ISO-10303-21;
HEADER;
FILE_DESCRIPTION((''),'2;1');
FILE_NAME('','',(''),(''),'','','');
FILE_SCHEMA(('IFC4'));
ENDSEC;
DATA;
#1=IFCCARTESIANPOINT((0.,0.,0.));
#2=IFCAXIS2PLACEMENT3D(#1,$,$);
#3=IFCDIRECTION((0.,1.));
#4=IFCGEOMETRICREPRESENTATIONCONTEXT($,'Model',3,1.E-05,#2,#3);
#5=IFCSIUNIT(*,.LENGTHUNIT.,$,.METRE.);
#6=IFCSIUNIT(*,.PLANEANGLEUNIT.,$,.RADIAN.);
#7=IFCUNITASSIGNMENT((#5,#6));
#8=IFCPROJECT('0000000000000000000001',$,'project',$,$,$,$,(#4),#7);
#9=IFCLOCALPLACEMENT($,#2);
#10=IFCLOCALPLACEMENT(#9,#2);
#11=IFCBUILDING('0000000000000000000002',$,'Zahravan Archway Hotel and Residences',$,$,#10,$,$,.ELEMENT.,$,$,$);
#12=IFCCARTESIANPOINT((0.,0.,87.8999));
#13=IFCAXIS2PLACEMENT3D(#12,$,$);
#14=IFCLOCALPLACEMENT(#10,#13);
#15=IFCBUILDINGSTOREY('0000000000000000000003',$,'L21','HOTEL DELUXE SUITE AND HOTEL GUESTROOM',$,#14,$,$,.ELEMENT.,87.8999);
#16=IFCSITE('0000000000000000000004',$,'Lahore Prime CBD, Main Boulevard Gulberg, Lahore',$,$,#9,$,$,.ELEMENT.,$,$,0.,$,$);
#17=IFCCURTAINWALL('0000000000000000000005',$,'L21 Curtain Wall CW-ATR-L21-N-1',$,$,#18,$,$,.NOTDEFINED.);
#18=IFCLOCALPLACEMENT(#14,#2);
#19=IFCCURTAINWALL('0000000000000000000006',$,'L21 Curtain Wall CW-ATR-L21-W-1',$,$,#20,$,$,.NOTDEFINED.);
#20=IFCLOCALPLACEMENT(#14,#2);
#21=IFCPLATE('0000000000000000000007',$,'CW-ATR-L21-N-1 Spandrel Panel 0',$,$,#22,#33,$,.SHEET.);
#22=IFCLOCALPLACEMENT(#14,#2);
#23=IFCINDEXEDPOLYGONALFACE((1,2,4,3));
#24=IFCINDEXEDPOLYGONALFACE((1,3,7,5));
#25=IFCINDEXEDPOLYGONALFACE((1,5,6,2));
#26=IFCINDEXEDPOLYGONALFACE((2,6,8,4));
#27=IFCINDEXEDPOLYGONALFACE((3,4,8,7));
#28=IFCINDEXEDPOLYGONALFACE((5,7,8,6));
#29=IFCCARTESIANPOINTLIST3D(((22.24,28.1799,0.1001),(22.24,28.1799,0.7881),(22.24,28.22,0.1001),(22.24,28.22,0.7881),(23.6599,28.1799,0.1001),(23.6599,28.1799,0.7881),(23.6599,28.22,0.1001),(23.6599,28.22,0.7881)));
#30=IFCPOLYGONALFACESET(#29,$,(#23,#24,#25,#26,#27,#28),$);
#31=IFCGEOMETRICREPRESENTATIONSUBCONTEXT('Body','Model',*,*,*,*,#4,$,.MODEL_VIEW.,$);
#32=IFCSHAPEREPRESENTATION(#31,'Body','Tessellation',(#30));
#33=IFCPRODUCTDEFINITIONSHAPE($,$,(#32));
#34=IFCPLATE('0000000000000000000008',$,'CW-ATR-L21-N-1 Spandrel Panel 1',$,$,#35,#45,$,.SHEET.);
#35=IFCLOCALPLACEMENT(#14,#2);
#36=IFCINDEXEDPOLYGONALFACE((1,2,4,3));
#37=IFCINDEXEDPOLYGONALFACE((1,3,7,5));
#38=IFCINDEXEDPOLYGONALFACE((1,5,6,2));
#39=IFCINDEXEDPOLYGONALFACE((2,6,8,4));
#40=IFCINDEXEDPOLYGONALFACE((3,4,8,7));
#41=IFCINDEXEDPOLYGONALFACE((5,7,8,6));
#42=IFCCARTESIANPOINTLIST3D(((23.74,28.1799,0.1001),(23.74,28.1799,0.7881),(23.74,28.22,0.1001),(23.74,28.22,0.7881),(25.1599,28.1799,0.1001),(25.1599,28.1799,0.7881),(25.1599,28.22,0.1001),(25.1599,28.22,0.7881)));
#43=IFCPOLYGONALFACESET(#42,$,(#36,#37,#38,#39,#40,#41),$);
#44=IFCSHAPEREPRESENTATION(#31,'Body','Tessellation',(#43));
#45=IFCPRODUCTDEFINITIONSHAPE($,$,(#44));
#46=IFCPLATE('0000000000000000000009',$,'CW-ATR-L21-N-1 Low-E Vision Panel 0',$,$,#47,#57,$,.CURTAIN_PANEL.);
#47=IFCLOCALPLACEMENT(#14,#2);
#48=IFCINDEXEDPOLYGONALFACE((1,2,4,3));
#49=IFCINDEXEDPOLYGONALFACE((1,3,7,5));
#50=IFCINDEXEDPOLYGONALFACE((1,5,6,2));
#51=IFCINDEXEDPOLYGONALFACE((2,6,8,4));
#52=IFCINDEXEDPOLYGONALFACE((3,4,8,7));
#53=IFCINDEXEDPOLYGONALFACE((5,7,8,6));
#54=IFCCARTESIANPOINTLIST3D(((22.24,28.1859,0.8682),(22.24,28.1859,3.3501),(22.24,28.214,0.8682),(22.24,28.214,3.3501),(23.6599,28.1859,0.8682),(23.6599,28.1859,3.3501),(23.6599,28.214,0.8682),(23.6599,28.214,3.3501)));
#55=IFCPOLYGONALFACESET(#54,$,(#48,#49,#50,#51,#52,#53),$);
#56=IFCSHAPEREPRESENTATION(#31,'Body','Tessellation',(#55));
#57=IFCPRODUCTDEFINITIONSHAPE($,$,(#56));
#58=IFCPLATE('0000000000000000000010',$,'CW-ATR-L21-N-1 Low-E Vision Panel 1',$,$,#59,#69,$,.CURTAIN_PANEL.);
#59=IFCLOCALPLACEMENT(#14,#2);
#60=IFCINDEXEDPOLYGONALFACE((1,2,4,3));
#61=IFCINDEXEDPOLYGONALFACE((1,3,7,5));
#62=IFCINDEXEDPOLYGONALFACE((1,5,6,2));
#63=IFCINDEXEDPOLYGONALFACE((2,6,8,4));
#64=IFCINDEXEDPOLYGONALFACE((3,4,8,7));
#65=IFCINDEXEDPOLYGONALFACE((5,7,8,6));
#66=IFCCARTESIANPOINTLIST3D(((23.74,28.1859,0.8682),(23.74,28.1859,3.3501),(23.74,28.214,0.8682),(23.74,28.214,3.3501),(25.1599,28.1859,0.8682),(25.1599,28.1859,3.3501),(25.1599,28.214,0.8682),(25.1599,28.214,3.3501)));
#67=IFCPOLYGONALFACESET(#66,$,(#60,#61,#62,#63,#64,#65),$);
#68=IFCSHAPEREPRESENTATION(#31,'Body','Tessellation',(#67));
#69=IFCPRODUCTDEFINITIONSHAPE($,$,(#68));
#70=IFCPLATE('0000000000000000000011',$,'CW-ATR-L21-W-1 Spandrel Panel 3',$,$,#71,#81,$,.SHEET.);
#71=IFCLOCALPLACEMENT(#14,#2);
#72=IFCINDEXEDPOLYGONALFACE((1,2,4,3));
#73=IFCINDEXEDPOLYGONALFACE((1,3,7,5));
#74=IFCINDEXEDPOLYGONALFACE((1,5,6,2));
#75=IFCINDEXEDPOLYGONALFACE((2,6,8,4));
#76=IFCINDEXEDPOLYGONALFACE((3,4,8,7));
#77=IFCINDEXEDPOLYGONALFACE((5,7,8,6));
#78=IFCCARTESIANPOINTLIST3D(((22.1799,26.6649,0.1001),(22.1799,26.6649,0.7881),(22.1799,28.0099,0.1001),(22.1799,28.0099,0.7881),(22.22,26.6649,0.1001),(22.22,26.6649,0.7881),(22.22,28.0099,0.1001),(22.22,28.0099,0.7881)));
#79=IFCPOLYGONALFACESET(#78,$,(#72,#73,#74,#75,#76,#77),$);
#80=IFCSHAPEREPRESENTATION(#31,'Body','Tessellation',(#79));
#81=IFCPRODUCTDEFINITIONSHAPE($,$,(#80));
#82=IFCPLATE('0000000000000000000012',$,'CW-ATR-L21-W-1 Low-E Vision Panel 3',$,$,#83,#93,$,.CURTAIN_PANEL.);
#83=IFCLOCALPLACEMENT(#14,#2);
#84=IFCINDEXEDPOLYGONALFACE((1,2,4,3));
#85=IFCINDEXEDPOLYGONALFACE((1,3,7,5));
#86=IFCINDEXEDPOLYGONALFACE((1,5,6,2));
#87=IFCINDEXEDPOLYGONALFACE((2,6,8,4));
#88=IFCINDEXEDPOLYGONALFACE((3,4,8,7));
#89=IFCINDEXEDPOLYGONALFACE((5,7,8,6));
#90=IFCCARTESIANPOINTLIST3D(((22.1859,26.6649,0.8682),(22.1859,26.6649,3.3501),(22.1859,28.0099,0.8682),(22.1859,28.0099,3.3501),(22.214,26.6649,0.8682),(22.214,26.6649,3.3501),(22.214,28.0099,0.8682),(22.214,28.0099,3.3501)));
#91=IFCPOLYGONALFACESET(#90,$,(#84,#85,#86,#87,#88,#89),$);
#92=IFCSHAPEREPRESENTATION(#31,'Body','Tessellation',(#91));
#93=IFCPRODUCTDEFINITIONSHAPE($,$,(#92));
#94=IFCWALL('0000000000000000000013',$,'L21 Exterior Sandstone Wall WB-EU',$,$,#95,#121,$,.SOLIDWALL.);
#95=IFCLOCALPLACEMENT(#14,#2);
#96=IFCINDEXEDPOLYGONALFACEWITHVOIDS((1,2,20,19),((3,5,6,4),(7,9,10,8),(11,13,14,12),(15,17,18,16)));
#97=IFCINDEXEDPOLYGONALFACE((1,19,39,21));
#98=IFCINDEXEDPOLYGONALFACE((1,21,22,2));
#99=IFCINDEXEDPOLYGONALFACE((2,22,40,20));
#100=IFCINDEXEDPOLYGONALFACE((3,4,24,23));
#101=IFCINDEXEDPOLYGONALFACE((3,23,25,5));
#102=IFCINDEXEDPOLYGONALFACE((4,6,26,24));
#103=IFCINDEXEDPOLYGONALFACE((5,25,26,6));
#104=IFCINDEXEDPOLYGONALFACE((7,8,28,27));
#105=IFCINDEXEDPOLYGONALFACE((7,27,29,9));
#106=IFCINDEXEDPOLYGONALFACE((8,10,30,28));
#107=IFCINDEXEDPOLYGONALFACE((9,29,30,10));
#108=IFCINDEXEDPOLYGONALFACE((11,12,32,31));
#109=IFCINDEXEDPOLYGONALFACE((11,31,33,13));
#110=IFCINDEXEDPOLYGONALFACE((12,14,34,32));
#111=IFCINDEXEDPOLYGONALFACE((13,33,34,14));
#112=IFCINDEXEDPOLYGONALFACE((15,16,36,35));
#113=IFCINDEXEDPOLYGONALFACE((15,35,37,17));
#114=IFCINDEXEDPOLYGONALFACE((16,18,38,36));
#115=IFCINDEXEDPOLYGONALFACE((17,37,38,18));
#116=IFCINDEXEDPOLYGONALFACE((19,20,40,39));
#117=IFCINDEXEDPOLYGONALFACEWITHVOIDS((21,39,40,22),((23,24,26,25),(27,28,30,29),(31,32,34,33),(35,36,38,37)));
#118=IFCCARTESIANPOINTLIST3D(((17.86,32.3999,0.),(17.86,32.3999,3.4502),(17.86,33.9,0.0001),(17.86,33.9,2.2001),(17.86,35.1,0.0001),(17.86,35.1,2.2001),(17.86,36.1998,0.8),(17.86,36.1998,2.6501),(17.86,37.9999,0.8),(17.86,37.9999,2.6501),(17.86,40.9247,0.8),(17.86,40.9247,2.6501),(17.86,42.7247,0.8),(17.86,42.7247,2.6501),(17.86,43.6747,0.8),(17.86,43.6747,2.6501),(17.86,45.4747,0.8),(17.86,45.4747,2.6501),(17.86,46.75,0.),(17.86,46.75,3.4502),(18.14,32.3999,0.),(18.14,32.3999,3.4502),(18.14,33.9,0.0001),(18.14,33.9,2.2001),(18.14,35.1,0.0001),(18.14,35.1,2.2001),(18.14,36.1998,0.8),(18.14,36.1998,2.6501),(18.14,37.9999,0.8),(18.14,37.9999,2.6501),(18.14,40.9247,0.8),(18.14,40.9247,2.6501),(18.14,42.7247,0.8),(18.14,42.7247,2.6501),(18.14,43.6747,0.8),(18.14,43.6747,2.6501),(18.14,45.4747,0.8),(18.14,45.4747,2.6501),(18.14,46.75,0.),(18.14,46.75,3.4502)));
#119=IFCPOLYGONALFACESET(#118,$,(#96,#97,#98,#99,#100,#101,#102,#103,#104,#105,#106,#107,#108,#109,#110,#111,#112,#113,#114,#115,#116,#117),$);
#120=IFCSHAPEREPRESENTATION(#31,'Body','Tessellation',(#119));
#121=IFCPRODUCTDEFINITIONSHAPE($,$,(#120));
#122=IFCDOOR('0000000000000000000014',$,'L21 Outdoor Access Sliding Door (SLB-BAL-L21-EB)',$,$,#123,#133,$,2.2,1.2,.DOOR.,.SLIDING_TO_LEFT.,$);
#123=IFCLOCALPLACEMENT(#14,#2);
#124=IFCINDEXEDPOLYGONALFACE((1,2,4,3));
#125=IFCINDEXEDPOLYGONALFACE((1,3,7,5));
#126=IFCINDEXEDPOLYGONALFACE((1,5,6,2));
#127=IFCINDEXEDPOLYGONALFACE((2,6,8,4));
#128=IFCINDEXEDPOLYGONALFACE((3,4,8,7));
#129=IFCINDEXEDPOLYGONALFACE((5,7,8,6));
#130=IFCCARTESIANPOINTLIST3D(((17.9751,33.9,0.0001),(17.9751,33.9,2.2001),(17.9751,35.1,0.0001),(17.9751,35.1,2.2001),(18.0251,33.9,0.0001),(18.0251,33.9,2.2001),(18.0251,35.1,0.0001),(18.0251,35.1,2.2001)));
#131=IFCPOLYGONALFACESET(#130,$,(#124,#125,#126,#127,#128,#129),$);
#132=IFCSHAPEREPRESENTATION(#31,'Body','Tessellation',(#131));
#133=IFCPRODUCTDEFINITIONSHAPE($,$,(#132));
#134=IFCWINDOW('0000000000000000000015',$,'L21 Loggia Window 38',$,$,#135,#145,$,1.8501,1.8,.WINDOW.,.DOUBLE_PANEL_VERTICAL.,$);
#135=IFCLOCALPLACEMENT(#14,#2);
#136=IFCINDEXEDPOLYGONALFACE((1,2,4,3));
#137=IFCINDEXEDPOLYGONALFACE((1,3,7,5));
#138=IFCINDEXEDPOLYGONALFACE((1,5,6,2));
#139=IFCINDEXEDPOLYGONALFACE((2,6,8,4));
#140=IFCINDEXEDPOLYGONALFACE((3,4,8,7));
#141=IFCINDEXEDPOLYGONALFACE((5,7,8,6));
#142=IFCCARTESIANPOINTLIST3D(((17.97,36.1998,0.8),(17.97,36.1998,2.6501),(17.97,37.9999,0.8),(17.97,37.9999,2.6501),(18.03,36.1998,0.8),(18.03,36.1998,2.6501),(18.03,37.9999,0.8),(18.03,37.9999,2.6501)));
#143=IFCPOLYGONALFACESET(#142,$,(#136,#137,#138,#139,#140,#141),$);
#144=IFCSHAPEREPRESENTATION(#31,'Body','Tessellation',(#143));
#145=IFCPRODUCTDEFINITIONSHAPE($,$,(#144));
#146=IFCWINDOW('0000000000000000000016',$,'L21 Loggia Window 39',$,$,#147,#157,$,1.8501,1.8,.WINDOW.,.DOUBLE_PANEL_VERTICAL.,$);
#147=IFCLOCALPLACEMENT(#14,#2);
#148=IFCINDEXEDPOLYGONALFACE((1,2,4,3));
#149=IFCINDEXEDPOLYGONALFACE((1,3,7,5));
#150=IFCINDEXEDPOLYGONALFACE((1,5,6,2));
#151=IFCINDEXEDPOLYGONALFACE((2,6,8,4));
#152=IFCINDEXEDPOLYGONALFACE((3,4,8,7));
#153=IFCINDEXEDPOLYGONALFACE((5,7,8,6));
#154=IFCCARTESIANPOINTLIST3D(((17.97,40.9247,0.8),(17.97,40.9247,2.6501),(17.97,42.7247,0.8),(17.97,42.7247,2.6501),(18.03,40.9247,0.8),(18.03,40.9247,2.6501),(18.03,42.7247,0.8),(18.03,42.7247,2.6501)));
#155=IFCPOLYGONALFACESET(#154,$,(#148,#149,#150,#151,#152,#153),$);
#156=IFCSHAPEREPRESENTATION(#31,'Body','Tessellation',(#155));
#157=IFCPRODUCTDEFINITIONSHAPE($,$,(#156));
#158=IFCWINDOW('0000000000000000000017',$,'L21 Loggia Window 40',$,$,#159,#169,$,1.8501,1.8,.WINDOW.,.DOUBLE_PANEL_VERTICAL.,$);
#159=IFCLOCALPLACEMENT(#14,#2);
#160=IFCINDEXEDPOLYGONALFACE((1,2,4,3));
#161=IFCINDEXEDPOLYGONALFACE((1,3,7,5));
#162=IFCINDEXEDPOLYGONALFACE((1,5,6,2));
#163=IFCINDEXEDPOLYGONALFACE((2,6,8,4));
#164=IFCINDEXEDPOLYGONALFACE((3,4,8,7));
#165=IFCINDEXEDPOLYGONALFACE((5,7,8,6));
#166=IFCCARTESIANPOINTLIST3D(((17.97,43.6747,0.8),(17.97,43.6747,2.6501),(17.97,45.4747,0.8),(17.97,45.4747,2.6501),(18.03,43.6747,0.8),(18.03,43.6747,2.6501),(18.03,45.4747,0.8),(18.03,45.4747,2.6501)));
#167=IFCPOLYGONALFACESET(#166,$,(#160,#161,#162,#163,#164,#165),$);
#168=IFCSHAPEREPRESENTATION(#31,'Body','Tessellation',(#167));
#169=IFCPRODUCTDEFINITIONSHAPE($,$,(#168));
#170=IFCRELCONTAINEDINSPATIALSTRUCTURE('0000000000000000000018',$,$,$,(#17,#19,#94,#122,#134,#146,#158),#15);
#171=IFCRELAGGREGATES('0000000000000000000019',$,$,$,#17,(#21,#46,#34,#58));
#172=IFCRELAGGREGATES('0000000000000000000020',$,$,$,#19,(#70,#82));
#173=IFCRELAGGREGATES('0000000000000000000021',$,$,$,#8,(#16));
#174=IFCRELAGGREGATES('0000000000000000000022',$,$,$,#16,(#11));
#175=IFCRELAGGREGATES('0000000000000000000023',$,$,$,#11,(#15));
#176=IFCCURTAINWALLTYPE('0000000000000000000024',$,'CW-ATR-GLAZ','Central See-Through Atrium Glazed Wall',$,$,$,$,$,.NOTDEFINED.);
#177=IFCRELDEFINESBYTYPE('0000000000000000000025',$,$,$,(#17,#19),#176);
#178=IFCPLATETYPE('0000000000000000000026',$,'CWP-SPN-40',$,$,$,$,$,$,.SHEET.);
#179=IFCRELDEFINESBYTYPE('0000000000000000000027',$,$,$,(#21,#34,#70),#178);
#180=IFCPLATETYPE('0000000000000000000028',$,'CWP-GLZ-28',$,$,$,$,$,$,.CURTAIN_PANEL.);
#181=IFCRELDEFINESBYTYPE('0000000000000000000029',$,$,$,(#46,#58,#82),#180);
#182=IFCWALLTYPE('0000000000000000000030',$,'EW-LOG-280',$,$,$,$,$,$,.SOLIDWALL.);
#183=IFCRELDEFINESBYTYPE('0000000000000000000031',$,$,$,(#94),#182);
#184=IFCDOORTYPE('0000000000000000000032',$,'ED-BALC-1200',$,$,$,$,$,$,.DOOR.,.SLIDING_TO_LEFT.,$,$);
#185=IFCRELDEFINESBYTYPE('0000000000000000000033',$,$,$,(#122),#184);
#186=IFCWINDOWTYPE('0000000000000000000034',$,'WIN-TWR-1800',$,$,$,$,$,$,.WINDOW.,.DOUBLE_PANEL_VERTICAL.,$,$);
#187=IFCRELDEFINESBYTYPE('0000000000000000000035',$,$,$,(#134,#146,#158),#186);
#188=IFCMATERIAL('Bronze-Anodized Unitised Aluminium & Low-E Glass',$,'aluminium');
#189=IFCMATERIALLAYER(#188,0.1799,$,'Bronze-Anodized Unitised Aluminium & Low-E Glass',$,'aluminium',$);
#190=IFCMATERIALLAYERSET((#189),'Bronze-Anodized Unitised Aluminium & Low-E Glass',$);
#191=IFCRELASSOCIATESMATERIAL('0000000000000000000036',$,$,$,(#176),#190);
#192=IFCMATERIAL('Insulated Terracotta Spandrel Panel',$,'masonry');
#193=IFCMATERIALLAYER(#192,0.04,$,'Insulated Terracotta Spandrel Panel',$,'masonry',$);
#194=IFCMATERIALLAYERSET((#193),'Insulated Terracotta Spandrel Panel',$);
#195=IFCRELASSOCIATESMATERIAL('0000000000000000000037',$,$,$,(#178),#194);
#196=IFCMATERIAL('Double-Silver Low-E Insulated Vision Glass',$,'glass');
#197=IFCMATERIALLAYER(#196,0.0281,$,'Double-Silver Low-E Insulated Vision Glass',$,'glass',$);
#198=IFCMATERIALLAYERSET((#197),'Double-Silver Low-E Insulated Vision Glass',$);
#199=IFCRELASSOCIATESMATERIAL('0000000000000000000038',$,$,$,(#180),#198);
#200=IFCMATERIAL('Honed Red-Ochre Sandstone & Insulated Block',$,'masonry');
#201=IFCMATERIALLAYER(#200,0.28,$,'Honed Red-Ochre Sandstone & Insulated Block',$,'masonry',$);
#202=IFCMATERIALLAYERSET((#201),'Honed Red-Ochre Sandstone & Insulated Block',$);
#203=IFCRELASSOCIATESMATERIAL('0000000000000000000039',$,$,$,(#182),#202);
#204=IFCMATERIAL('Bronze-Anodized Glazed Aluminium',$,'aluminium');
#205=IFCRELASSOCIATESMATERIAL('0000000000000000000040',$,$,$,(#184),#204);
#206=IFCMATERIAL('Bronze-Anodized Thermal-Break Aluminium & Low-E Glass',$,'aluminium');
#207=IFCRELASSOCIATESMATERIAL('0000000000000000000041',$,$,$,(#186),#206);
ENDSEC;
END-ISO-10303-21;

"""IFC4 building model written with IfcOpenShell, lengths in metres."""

from ifc_helpers import new_model, si_unit, direction, frame, frame_2d, origin, origin_2d, place, context, subcontext, project, spatial, rectangle, extrude, source, transform, mapped, material, layer, layer_set, type_object, type_shapes, element, fill, aggregate, save


model = new_model("IFC4")

# Units and contexts
model_context = context("Model", 3, precision=1e-05, world=origin(), true_north=direction((0.0, 1.0)))
body_context = subcontext(model_context, "Body", "Model", "MODEL_VIEW")
ifc_project = project(units=[si_unit("LENGTHUNIT", "METRE"), si_unit("PLANEANGLEUNIT", "RADIAN")], contexts=[model_context])

# Site, building, storey
site_placement = place(None, origin())
site = spatial("IfcSite", under=ifc_project, at=site_placement, Name="Lahore Prime CBD, Main Boulevard Gulberg, Lahore", CompositionType="ELEMENT", RefElevation=0.0)
building_placement = place(site_placement, origin())
building = spatial("IfcBuilding", under=site, at=building_placement, Name="Zahravan Archway Hotel and Residences", CompositionType="ELEMENT")
storey_placement = place(building_placement, frame((0.0, 0.0, 87.8999)))
storey = spatial("IfcBuildingStorey", under=building, at=storey_placement, Name="L21", Description="HOTEL DELUXE SUITE AND HOTEL GUESTROOM", CompositionType="ELEMENT", Elevation=87.8999)

# Curtain walls
ifc_material_1 = material(Name="Bronze-Anodized Unitised Aluminium & Low-E Glass", Category="aluminium")
ifc_layer_1 = layer(ifc_material_1, 0.1799, Name="Bronze-Anodized Unitised Aluminium & Low-E Glass", Category="aluminium")
ifc_layer_set_1 = layer_set([ifc_layer_1], Name="Bronze-Anodized Unitised Aluminium & Low-E Glass")
curtain_wall_type = type_object("IfcCurtainWallType", Name="CW-ATR-GLAZ", Description="Central See-Through Atrium Glazed Wall", PredefinedType="NOTDEFINED", material=ifc_layer_set_1)
curtain_wall_1_placement = place(storey_placement, origin())
curtain_wall_1 = element("IfcCurtainWall", 1, at=curtain_wall_1_placement, inside=storey, type_object=curtain_wall_type, Name="L21 Curtain Wall CW-ATR-L21-N-1", PredefinedType="NOTDEFINED")
curtain_wall_2_placement = place(storey_placement, origin())
curtain_wall_2 = element("IfcCurtainWall", 2, at=curtain_wall_2_placement, inside=storey, type_object=curtain_wall_type, Name="L21 Curtain Wall CW-ATR-L21-W-1", PredefinedType="NOTDEFINED")

# Plates
ifc_material_2 = material(Name="Insulated Terracotta Spandrel Panel", Category="masonry")
ifc_layer_2 = layer(ifc_material_2, 0.04, Name="Insulated Terracotta Spandrel Panel", Category="masonry")
ifc_layer_set_2 = layer_set([ifc_layer_2], Name="Insulated Terracotta Spandrel Panel")
plate_type_1 = type_object("IfcPlateType", Name="CWP-SPN-40", PredefinedType="SHEET", material=ifc_layer_set_2)
shared_shape_1 = source(origin(), body_context, "Body", "SweptSolid", [
    extrude(rectangle(XDim=1.4199, YDim=0.04, at=origin_2d()), origin(), (0.0, 0.0, 1.0), 0.688),
])
plate_1_placement = place(storey_placement, frame((22.95, 28.2, 0.1001), z_axis=(0.0, 0.0, 1.0), x_axis=(1.0, 0.0, 0.0)))
plate_1 = element("IfcPlate", 3, at=plate_1_placement, type_object=plate_type_1, Name="CW-ATR-L21-N-1 Spandrel Panel 0", PredefinedType="SHEET", context=body_context, shape_type="MappedRepresentation", body=[
    mapped(shared_shape_1, transform((0.0, 0.0, 0.0), scale=1.0)),
])
plate_2_placement = place(storey_placement, frame((24.45, 28.2, 0.1001), z_axis=(0.0, 0.0, 1.0), x_axis=(1.0, 0.0, 0.0)))
plate_2 = element("IfcPlate", 4, at=plate_2_placement, type_object=plate_type_1, Name="CW-ATR-L21-N-1 Spandrel Panel 1", PredefinedType="SHEET", context=body_context, shape_type="MappedRepresentation", body=[
    mapped(shared_shape_1, transform((0.0, 0.0, 0.0), scale=1.0)),
])
ifc_material_3 = material(Name="Double-Silver Low-E Insulated Vision Glass", Category="glass")
ifc_layer_3 = layer(ifc_material_3, 0.0281, Name="Double-Silver Low-E Insulated Vision Glass", Category="glass")
ifc_layer_set_3 = layer_set([ifc_layer_3], Name="Double-Silver Low-E Insulated Vision Glass")
plate_type_2 = type_object("IfcPlateType", Name="CWP-GLZ-28", PredefinedType="CURTAIN_PANEL", material=ifc_layer_set_3)
shared_shape_2 = source(origin(), body_context, "Body", "SweptSolid", [
    extrude(rectangle(XDim=1.4199, YDim=0.0281, at=origin_2d()), origin(), (0.0, 0.0, 1.0), 2.4819),
])
plate_3_placement = place(storey_placement, frame((22.95, 28.2, 0.8682), z_axis=(0.0, 0.0, 1.0), x_axis=(1.0, 0.0, 0.0)))
plate_3 = element("IfcPlate", 5, at=plate_3_placement, type_object=plate_type_2, Name="CW-ATR-L21-N-1 Low-E Vision Panel 0", PredefinedType="CURTAIN_PANEL", context=body_context, shape_type="MappedRepresentation", body=[
    mapped(shared_shape_2, transform((0.0, 0.0, 0.0), scale=1.0)),
])
plate_4_placement = place(storey_placement, frame((24.45, 28.2, 0.8682), z_axis=(0.0, 0.0, 1.0), x_axis=(1.0, 0.0, 0.0)))
plate_4 = element("IfcPlate", 6, at=plate_4_placement, type_object=plate_type_2, Name="CW-ATR-L21-N-1 Low-E Vision Panel 1", PredefinedType="CURTAIN_PANEL", context=body_context, shape_type="MappedRepresentation", body=[
    mapped(shared_shape_2, transform((0.0, 0.0, 0.0), scale=1.0)),
])
aggregate(curtain_wall_1, [plate_1, plate_3, plate_2, plate_4])
shared_shape_3 = source(origin(), body_context, "Body", "SweptSolid", [
    extrude(rectangle(XDim=1.345, YDim=0.04, at=origin_2d()), origin(), (0.0, 0.0, 1.0), 0.688),
])
plate_5_placement = place(storey_placement, frame((22.2, 27.3374, 0.1001), z_axis=(0.0, 0.0, 1.0), x_axis=(0.0, 1.0, 0.0)))
plate_5 = element("IfcPlate", 7, at=plate_5_placement, type_object=plate_type_1, Name="CW-ATR-L21-W-1 Spandrel Panel 3", PredefinedType="SHEET", context=body_context, shape_type="MappedRepresentation", body=[
    mapped(shared_shape_3, transform((0.0, 0.0, 0.0), scale=1.0)),
])
shared_shape_4 = source(origin(), body_context, "Body", "SweptSolid", [
    extrude(rectangle(XDim=1.345, YDim=0.0281, at=origin_2d()), origin(), (0.0, 0.0, 1.0), 2.4819),
])
plate_6_placement = place(storey_placement, frame((22.2, 27.3374, 0.8682), z_axis=(0.0, 0.0, 1.0), x_axis=(0.0, 1.0, 0.0)))
plate_6 = element("IfcPlate", 8, at=plate_6_placement, type_object=plate_type_2, Name="CW-ATR-L21-W-1 Low-E Vision Panel 3", PredefinedType="CURTAIN_PANEL", context=body_context, shape_type="MappedRepresentation", body=[
    mapped(shared_shape_4, transform((0.0, 0.0, 0.0), scale=1.0)),
])
aggregate(curtain_wall_2, [plate_5, plate_6])

# Wall, openings, door, windows
ifc_material_4 = material(Name="Honed Red-Ochre Sandstone & Insulated Block", Category="masonry")
ifc_layer_4 = layer(ifc_material_4, 0.28, Name="Honed Red-Ochre Sandstone & Insulated Block", Category="masonry")
ifc_layer_set_4 = layer_set([ifc_layer_4], Name="Honed Red-Ochre Sandstone & Insulated Block")
wall_type_1 = type_object("IfcWallType", Name="EW-LOG-280", PredefinedType="SOLIDWALL", material=ifc_layer_set_4)
wall_1_placement = place(storey_placement, frame((18.0, 32.3999, 0.0), z_axis=(0.0, 0.0, 1.0), x_axis=(0.0, 1.0, 0.0)))
wall_1 = element("IfcWall", 9, at=wall_1_placement, inside=storey, type_object=wall_type_1, Name="L21 Exterior Sandstone Wall WB-EU", PredefinedType="SOLIDWALL", context=body_context, shape_type="SweptSolid", body=[
    extrude(rectangle(XDim=14.3501, YDim=0.28, at=frame_2d((7.175, 0.0))), origin(), (0.0, 0.0, 1.0), 3.4502),
])
opening_1_placement = place(wall_1_placement, frame((1.5, 0.0, 0.0)))
opening_1 = element("IfcOpeningElement", 10, at=opening_1_placement, cuts=wall_1, PredefinedType="OPENING", context=body_context, shape_type="SweptSolid", body=[
    extrude(rectangle(XDim=1.2, YDim=2.2, at=frame_2d((0.6001, 1.1001))), frame((0.0, 0.1499, 0.0), z_axis=(0.0, -1.0, 0.0), x_axis=(1.0, 0.0, 0.0)), (0.0, 0.0, 1.0), 0.3),
])
opening_2_placement = place(wall_1_placement, frame((3.8, 0.0, 0.8)))
opening_2 = element("IfcOpeningElement", 11, at=opening_2_placement, cuts=wall_1, PredefinedType="OPENING", context=body_context, shape_type="SweptSolid", body=[
    extrude(rectangle(XDim=1.8, YDim=1.8501, at=frame_2d((0.8999, 0.925))), frame((0.0, 0.1499, 0.0), z_axis=(0.0, -1.0, 0.0), x_axis=(1.0, 0.0, 0.0)), (0.0, 0.0, 1.0), 0.3),
])
opening_3_placement = place(wall_1_placement, frame((8.5249, 0.0, 0.8)))
opening_3 = element("IfcOpeningElement", 12, at=opening_3_placement, cuts=wall_1, PredefinedType="OPENING", context=body_context, shape_type="SweptSolid", body=[
    extrude(rectangle(XDim=1.8, YDim=1.8501, at=frame_2d((0.8999, 0.925))), frame((0.0, 0.1499, 0.0), z_axis=(0.0, -1.0, 0.0), x_axis=(1.0, 0.0, 0.0)), (0.0, 0.0, 1.0), 0.3),
])
opening_4_placement = place(wall_1_placement, frame((11.2749, 0.0, 0.8)))
opening_4 = element("IfcOpeningElement", 13, at=opening_4_placement, cuts=wall_1, PredefinedType="OPENING", context=body_context, shape_type="SweptSolid", body=[
    extrude(rectangle(XDim=1.8, YDim=1.8501, at=frame_2d((0.8999, 0.925))), frame((0.0, 0.1499, 0.0), z_axis=(0.0, -1.0, 0.0), x_axis=(1.0, 0.0, 0.0)), (0.0, 0.0, 1.0), 0.3),
])
ifc_material_5 = material(Name="Bronze-Anodized Glazed Aluminium", Category="aluminium")
door_type = type_object("IfcDoorType", Name="ED-BALC-1200", OperationType="SLIDING_TO_LEFT", PredefinedType="DOOR", material=ifc_material_5)
shared_shape_5 = source(origin(), body_context, "Body", "SweptSolid", [
    extrude(rectangle(XDim=1.2, YDim=2.2, at=frame_2d((0.6001, 1.1001))), frame((0.0, 0.0249, 0.0), z_axis=(0.0, -1.0, 0.0), x_axis=(1.0, 0.0, 0.0)), (0.0, 0.0, 1.0), 0.05),
])
type_shapes(door_type, [shared_shape_5])
door_placement = place(opening_1_placement, origin())
door = element("IfcDoor", 14, at=door_placement, inside=storey, type_object=door_type, Name="L21 Outdoor Access Sliding Door (SLB-BAL-L21-EB)", OperationType="SLIDING_TO_LEFT", OverallHeight=2.2, OverallWidth=1.2, PredefinedType="DOOR", context=body_context, shape_type="MappedRepresentation", body=[
    mapped(shared_shape_5, transform((0.0, 0.0, 0.0), scale=1.0)),
])
fill(opening_1, door)
ifc_material_6 = material(Name="Bronze-Anodized Thermal-Break Aluminium & Low-E Glass", Category="aluminium")
window_type = type_object("IfcWindowType", Name="WIN-TWR-1800", PartitioningType="DOUBLE_PANEL_VERTICAL", PredefinedType="WINDOW", material=ifc_material_6)
shared_shape_6 = source(origin(), body_context, "Body", "SweptSolid", [
    extrude(rectangle(XDim=1.8, YDim=1.8501, at=frame_2d((0.8999, 0.925))), frame((0.0, 0.03, 0.0), z_axis=(0.0, -1.0, 0.0), x_axis=(1.0, 0.0, 0.0)), (0.0, 0.0, 1.0), 0.0601),
])
type_shapes(window_type, [shared_shape_6])
window_1_placement = place(opening_2_placement, origin())
window_1 = element("IfcWindow", 15, at=window_1_placement, inside=storey, type_object=window_type, Name="L21 Loggia Window 38", OverallHeight=1.8501, OverallWidth=1.8, PartitioningType="DOUBLE_PANEL_VERTICAL", PredefinedType="WINDOW", context=body_context, shape_type="MappedRepresentation", body=[
    mapped(shared_shape_6, transform((0.0, 0.0, 0.0), scale=1.0)),
])
fill(opening_2, window_1)
window_2_placement = place(opening_3_placement, origin())
window_2 = element("IfcWindow", 16, at=window_2_placement, inside=storey, type_object=window_type, Name="L21 Loggia Window 39", OverallHeight=1.8501, OverallWidth=1.8, PartitioningType="DOUBLE_PANEL_VERTICAL", PredefinedType="WINDOW", context=body_context, shape_type="MappedRepresentation", body=[
    mapped(shared_shape_6, transform((0.0, 0.0, 0.0), scale=1.0)),
])
fill(opening_3, window_2)
window_3_placement = place(opening_4_placement, origin())
window_3 = element("IfcWindow", 17, at=window_3_placement, inside=storey, type_object=window_type, Name="L21 Loggia Window 40", OverallHeight=1.8501, OverallWidth=1.8, PartitioningType="DOUBLE_PANEL_VERTICAL", PredefinedType="WINDOW", context=body_context, shape_type="MappedRepresentation", body=[
    mapped(shared_shape_6, transform((0.0, 0.0, 0.0), scale=1.0)),
])
fill(opening_4, window_3)

save(model, "model.ifc")
